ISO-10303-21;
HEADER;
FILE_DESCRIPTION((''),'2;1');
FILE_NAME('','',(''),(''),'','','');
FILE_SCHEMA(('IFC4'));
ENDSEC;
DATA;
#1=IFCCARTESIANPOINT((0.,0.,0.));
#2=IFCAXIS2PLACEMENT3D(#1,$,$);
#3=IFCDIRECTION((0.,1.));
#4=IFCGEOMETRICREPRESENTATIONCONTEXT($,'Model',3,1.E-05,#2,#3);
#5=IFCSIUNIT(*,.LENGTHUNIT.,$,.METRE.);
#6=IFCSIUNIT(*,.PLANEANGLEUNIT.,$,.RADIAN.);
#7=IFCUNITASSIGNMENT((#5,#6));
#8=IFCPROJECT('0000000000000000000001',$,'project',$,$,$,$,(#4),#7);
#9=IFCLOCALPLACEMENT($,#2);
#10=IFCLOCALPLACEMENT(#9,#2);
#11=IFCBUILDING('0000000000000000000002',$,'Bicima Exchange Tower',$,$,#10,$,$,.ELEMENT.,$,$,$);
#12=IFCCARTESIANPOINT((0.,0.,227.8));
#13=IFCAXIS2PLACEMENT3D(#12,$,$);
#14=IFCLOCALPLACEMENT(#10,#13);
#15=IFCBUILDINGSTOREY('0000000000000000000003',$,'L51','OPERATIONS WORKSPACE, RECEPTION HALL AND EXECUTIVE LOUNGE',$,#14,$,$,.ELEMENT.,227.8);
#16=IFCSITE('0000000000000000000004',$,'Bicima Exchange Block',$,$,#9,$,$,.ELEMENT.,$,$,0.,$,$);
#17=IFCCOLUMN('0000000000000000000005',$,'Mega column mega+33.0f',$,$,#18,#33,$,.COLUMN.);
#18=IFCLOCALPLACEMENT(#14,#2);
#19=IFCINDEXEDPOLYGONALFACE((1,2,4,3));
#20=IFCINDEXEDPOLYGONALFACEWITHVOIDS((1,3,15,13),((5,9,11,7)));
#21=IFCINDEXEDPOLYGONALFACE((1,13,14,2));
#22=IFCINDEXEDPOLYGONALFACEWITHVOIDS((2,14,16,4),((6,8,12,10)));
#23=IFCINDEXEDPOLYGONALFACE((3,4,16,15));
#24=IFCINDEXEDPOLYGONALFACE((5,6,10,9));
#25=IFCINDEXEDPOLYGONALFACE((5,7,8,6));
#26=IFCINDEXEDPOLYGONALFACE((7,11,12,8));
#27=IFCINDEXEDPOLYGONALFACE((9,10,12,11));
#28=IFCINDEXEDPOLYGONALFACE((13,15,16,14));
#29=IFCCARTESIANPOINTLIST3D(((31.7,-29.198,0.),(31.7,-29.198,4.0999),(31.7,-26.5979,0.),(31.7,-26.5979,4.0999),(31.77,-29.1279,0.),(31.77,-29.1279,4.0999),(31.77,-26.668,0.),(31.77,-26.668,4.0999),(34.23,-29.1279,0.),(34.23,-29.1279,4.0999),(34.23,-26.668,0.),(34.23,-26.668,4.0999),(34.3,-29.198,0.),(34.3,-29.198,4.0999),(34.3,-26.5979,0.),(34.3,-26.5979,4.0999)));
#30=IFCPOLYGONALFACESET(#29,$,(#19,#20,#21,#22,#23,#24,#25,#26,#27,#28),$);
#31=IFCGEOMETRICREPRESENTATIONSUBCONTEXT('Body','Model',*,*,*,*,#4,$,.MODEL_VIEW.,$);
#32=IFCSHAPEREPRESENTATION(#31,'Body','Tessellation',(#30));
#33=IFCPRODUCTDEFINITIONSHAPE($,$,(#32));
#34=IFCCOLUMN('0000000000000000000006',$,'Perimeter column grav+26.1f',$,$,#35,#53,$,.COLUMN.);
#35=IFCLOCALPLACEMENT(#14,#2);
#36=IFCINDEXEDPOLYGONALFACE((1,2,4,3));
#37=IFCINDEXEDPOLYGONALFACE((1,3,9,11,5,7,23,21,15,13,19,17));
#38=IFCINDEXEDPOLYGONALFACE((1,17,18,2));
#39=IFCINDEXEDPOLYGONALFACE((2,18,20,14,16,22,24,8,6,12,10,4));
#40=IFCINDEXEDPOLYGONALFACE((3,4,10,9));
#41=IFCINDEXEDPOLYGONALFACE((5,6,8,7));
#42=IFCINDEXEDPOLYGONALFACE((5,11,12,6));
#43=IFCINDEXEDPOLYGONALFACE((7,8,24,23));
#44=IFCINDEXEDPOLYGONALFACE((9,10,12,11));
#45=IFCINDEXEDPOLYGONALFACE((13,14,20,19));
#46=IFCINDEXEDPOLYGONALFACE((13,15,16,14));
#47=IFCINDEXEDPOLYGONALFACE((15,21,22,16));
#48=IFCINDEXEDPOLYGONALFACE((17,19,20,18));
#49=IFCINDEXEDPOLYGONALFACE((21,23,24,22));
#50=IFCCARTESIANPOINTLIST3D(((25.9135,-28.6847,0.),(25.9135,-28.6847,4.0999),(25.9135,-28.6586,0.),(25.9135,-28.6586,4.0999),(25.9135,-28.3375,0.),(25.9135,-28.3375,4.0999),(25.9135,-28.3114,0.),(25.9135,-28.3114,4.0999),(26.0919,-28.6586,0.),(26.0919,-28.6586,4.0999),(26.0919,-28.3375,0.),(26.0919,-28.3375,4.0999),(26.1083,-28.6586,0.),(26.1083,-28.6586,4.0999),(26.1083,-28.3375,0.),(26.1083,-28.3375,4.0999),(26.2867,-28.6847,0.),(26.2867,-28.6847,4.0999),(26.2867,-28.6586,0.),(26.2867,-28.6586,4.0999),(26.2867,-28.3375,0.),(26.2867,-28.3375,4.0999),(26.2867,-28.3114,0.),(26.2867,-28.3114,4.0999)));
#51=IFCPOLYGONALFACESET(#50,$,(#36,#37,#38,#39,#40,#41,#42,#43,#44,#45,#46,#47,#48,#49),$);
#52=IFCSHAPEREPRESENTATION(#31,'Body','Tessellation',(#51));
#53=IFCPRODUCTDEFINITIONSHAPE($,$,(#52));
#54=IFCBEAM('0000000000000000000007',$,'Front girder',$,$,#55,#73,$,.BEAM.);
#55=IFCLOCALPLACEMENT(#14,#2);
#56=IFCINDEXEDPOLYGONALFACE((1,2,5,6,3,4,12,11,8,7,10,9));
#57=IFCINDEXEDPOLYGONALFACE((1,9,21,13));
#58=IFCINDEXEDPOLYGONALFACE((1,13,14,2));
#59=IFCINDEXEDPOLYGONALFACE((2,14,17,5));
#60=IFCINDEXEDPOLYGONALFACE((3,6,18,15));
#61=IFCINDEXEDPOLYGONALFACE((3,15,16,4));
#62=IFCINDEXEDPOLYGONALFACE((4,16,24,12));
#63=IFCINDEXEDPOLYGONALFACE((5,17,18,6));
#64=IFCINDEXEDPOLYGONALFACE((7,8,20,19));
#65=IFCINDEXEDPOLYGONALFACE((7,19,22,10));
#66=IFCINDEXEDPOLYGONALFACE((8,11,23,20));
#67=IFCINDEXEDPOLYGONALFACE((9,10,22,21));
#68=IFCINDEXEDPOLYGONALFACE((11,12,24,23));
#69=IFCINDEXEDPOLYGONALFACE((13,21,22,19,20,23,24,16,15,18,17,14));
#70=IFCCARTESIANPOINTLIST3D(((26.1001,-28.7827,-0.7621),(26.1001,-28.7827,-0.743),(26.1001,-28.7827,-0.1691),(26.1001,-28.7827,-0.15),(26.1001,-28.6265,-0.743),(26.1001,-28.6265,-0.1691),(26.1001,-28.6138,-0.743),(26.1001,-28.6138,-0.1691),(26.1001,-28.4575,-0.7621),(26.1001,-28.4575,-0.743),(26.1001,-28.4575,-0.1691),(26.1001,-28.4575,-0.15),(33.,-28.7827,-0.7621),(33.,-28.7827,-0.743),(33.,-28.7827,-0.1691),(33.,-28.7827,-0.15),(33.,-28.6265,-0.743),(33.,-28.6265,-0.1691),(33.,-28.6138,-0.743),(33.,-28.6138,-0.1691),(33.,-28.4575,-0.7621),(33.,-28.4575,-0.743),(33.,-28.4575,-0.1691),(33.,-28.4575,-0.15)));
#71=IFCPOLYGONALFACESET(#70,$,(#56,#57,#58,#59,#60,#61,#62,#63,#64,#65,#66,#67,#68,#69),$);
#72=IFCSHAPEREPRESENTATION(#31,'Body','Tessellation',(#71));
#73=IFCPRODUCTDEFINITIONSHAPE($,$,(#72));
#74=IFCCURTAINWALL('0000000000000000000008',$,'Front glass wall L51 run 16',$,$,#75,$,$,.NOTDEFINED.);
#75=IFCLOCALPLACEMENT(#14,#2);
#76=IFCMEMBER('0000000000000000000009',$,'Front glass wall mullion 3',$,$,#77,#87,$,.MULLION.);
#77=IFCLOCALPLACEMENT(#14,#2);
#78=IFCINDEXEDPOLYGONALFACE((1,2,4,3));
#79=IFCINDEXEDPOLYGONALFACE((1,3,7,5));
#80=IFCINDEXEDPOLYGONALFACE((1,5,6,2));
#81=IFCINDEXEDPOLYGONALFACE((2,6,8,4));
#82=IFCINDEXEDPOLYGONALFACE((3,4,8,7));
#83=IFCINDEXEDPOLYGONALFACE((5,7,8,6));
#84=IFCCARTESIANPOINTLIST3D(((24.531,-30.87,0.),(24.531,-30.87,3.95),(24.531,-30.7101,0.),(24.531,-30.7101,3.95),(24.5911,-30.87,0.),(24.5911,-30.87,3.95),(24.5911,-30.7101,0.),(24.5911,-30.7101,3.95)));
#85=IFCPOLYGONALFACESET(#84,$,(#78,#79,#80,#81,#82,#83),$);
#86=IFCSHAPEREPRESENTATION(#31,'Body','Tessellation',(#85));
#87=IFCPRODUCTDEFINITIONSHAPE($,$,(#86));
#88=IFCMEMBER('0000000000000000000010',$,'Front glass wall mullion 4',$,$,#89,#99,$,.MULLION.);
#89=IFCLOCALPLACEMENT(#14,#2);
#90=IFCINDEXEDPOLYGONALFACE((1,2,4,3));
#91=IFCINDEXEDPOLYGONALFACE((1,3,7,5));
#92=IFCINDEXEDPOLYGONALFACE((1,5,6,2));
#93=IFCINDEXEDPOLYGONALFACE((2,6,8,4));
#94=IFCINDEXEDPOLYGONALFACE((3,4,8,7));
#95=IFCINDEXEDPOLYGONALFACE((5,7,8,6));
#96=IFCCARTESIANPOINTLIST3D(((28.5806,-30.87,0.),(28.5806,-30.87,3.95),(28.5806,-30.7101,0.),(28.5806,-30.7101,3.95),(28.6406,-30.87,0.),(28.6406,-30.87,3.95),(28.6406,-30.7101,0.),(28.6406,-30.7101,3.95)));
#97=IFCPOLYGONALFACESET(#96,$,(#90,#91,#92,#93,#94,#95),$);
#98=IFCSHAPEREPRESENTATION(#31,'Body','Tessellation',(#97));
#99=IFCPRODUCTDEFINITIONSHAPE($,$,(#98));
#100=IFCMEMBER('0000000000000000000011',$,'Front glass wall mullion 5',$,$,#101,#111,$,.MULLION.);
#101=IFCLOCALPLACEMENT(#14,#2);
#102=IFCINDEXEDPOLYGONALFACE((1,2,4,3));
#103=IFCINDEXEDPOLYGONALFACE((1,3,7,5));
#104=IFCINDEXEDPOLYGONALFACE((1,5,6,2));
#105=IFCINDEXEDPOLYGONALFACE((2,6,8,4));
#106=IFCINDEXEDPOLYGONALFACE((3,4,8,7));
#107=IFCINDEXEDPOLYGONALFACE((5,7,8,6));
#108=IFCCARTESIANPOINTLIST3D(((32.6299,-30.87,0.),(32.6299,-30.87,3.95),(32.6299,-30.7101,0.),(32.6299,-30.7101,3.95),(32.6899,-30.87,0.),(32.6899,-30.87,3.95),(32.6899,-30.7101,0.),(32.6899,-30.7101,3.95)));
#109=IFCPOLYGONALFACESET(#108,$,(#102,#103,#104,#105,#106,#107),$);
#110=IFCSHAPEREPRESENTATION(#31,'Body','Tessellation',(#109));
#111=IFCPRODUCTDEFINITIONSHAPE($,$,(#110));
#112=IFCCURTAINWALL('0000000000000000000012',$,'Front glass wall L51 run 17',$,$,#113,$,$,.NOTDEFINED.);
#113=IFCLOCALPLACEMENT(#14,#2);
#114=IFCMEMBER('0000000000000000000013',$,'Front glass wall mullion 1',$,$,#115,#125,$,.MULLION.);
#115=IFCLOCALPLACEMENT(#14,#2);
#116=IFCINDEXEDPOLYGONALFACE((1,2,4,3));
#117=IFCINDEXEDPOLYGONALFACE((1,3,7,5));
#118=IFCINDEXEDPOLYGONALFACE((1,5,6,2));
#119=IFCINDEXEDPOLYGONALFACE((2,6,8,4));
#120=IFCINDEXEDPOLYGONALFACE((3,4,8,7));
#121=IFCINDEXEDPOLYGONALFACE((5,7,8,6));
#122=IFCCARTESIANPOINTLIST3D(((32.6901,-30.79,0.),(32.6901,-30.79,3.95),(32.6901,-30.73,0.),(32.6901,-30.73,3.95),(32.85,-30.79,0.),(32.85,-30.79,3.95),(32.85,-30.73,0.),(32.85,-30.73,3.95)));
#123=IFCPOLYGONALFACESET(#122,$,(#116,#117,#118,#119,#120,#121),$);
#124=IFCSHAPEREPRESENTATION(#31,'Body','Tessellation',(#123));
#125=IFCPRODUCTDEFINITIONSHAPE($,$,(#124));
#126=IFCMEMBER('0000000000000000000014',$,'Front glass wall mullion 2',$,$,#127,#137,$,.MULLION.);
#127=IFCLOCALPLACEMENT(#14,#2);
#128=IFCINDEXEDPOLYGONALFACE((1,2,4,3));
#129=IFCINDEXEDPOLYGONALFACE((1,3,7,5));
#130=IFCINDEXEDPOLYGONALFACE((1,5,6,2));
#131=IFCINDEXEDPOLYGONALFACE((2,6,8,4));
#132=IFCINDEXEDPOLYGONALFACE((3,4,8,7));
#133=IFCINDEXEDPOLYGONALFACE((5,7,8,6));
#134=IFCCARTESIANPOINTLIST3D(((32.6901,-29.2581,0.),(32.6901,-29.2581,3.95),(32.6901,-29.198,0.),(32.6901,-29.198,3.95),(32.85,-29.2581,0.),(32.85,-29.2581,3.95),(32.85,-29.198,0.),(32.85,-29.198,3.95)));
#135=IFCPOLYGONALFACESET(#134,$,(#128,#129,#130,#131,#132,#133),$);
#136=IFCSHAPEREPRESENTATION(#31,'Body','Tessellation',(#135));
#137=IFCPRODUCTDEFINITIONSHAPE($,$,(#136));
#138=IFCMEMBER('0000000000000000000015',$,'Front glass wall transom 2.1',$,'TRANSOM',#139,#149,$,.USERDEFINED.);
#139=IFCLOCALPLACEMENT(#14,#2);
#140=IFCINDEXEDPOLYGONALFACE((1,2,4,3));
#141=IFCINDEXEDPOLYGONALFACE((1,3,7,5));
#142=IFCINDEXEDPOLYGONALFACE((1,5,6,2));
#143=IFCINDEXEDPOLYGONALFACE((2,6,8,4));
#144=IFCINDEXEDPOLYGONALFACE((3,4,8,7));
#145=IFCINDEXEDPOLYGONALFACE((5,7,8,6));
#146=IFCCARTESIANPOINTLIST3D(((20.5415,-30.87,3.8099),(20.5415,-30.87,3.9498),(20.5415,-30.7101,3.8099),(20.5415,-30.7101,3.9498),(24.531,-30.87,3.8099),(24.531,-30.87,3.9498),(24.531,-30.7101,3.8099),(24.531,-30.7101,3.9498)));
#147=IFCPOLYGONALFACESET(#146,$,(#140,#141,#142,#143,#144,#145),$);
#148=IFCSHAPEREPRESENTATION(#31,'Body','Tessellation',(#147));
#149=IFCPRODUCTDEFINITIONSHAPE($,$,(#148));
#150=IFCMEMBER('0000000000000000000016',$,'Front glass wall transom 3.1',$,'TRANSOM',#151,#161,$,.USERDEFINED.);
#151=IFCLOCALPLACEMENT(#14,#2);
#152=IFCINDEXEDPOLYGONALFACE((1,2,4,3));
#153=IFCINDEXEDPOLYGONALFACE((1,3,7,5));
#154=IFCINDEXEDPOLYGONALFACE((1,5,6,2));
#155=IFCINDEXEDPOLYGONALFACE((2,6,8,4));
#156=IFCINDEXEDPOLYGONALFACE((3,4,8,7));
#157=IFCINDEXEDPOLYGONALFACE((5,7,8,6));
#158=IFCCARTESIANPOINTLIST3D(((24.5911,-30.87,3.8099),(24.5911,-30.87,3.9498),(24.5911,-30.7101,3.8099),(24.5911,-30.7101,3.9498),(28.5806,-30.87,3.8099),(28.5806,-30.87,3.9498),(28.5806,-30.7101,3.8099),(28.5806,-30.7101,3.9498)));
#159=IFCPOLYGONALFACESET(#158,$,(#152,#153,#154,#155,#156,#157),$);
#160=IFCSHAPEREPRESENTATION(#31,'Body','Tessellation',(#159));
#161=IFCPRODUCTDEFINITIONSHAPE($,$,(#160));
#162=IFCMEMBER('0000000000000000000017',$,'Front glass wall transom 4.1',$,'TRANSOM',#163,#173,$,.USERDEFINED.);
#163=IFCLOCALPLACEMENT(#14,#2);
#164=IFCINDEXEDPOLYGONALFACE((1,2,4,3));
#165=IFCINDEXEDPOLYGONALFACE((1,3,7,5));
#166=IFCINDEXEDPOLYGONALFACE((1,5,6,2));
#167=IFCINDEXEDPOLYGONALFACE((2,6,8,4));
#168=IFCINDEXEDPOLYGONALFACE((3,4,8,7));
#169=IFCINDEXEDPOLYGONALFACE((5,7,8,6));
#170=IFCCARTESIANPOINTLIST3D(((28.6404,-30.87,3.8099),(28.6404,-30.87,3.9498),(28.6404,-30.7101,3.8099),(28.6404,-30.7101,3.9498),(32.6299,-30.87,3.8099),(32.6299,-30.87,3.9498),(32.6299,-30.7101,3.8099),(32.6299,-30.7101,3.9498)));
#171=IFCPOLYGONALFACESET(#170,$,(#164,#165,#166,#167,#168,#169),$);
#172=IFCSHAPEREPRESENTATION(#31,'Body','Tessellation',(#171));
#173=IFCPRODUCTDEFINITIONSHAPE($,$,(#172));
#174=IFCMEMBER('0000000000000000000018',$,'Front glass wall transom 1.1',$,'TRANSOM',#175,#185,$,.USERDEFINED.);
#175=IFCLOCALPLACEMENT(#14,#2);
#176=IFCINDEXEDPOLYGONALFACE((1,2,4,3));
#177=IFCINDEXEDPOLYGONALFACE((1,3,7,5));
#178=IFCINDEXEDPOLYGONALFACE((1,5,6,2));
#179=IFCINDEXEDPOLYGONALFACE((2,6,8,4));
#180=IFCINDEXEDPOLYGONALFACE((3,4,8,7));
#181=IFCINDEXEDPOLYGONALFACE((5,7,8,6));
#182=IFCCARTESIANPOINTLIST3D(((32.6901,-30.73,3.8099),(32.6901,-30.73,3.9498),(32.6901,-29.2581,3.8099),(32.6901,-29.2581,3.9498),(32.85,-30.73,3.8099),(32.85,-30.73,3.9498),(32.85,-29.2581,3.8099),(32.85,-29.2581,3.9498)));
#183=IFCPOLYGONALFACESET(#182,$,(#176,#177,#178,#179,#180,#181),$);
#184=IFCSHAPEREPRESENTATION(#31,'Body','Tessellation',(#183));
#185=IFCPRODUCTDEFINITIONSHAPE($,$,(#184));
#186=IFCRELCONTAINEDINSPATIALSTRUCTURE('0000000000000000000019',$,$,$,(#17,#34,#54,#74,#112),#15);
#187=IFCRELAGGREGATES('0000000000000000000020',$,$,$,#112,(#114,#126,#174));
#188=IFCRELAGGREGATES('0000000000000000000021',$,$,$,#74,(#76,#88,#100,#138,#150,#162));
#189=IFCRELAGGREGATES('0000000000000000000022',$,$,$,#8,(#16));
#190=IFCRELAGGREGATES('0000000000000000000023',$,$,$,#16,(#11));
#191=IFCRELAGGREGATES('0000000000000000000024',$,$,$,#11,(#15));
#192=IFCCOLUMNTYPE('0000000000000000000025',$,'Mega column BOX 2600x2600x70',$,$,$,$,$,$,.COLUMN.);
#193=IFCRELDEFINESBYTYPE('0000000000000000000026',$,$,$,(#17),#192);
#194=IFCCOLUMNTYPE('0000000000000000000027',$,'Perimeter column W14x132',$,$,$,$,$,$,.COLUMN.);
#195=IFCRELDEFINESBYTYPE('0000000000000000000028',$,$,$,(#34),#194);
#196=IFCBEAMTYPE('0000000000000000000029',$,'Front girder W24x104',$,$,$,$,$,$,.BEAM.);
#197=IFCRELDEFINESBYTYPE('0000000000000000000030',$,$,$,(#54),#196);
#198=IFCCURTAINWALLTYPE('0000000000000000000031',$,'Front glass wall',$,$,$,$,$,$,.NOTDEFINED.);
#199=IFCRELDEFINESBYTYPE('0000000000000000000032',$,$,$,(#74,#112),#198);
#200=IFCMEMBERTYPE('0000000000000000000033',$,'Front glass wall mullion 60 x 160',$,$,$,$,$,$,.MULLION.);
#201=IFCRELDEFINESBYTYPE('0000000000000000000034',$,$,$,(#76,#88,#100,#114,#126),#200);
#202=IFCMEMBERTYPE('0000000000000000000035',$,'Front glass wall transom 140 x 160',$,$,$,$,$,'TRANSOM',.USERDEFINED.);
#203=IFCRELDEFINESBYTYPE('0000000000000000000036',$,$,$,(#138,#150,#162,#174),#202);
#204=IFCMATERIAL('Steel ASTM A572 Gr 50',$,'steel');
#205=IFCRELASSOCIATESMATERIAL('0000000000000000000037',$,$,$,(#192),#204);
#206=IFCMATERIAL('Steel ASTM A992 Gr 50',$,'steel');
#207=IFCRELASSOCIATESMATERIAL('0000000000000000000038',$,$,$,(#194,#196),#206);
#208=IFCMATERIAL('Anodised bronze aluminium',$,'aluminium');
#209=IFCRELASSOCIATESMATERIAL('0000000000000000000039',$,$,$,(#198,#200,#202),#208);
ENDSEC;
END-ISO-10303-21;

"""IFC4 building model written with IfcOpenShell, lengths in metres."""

from ifc_helpers import new_model, si_unit, direction, frame, origin, origin_2d, place, context, subcontext, project, spatial, rectangle, hollow_rectangle, i_section, extrude, material, material_profile, profile_set, type_object, element, aggregate, save


model = new_model("IFC4")

# Units and contexts
model_context = context("Model", 3, precision=1e-05, world=origin(), true_north=direction((0.0, 1.0)))
body_context = subcontext(model_context, "Body", "Model", "MODEL_VIEW")
ifc_project = project(units=[si_unit("LENGTHUNIT", "METRE"), si_unit("PLANEANGLEUNIT", "RADIAN")], contexts=[model_context])

# Site, building, storey
site_placement = place(None, origin())
site = spatial("IfcSite", under=ifc_project, at=site_placement, Name="Bicima Exchange Block", CompositionType="ELEMENT", RefElevation=0.0)
building_placement = place(site_placement, origin())
building = spatial("IfcBuilding", under=site, at=building_placement, Name="Bicima Exchange Tower", CompositionType="ELEMENT")
storey_placement = place(building_placement, frame((0.0, 0.0, 227.8)))
storey = spatial("IfcBuildingStorey", under=building, at=storey_placement, Name="L51", Description="OPERATIONS WORKSPACE, RECEPTION HALL AND EXECUTIVE LOUNGE", CompositionType="ELEMENT", Elevation=227.8)

# Columns
ifc_material_1 = material(Name="Steel ASTM A572 Gr 50", Category="steel")
ifc_material_profile_1 = material_profile(ifc_material_1, hollow_rectangle(XDim=2.6001, YDim=2.6001, WallThickness=0.0701, at=origin_2d()))
ifc_profile_set_1 = profile_set([ifc_material_profile_1], Name="Steel ASTM A572 Gr 50")
column_type_1 = type_object("IfcColumnType", Name="Mega column BOX 2600x2600x70", PredefinedType="COLUMN", material=ifc_profile_set_1)
column_1_placement = place(storey_placement, frame((33.0, -27.8979, 0.0), z_axis=(0.0, 0.0, 1.0), x_axis=(1.0, 0.0, 0.0)))
element("IfcColumn", 1, at=column_1_placement, inside=storey, type_object=column_type_1, Name="Mega column mega+33.0f", PredefinedType="COLUMN", context=body_context, shape_type="SweptSolid", body=[
    extrude(hollow_rectangle(XDim=2.6001, YDim=2.6001, WallThickness=0.0701, at=origin_2d()), origin(), (0.0, 0.0, 1.0), 4.0999),
])
ifc_material_2 = material(Name="Steel ASTM A992 Gr 50", Category="steel")
ifc_material_profile_2 = material_profile(ifc_material_2, i_section(OverallWidth=0.3733, OverallDepth=0.3733, WebThickness=0.0164, FlangeThickness=0.0261, at=origin_2d()))
ifc_profile_set_2 = profile_set([ifc_material_profile_2], Name="Steel ASTM A992 Gr 50")
column_type_2 = type_object("IfcColumnType", Name="Perimeter column W14x132", PredefinedType="COLUMN", material=ifc_profile_set_2)
column_2_placement = place(storey_placement, frame((26.1001, -28.498, 0.0), z_axis=(0.0, 0.0, 1.0), x_axis=(1.0, 0.0, 0.0)))
element("IfcColumn", 2, at=column_2_placement, inside=storey, type_object=column_type_2, Name="Perimeter column grav+26.1f", PredefinedType="COLUMN", context=body_context, shape_type="SweptSolid", body=[
    extrude(i_section(OverallWidth=0.3733, OverallDepth=0.3733, WebThickness=0.0164, FlangeThickness=0.0261, at=origin_2d()), origin(), (0.0, 0.0, 1.0), 4.0999),
])

# Beam
ifc_material_profile_3 = material_profile(ifc_material_2, i_section(OverallWidth=0.3252, OverallDepth=0.6121, WebThickness=0.0127, FlangeThickness=0.019, at=origin_2d()))
ifc_profile_set_3 = profile_set([ifc_material_profile_3], Name="Steel ASTM A992 Gr 50")
beam_type = type_object("IfcBeamType", Name="Front girder W24x104", PredefinedType="BEAM", material=ifc_profile_set_3)
beam_placement = place(storey_placement, frame((26.1001, -28.6201, -0.4561), z_axis=(1.0, 0.0, 0.0), x_axis=(0.0, 1.0, 0.0)))
element("IfcBeam", 3, at=beam_placement, inside=storey, type_object=beam_type, Name="Front girder", PredefinedType="BEAM", context=body_context, shape_type="SweptSolid", body=[
    extrude(i_section(OverallWidth=0.3252, OverallDepth=0.6121, WebThickness=0.0127, FlangeThickness=0.019, at=origin_2d()), origin(), (0.0, 0.0, 1.0), 6.8999),
])

# Curtain walls, members
ifc_material_3 = material(Name="Anodised bronze aluminium", Category="aluminium")
curtain_wall_type = type_object("IfcCurtainWallType", Name="Front glass wall", PredefinedType="NOTDEFINED", material=ifc_material_3)
curtain_wall_1_placement = place(storey_placement, origin())
curtain_wall_1 = element("IfcCurtainWall", 4, at=curtain_wall_1_placement, inside=storey, type_object=curtain_wall_type, Name="Front glass wall L51 run 16", PredefinedType="NOTDEFINED")
ifc_material_profile_4 = material_profile(ifc_material_3, rectangle(XDim=0.1599, YDim=0.0601, at=origin_2d()))
ifc_profile_set_4 = profile_set([ifc_material_profile_4], Name="Anodised bronze aluminium")
member_type_1 = type_object("IfcMemberType", Name="Front glass wall mullion 60 x 160", PredefinedType="MULLION", material=ifc_profile_set_4)
member_1_placement = place(storey_placement, frame((24.561, -30.79, 0.0), z_axis=(0.0, 0.0, 1.0), x_axis=(0.0, 1.0, 0.0)))
member_1 = element("IfcMember", 5, at=member_1_placement, type_object=member_type_1, Name="Front glass wall mullion 3", PredefinedType="MULLION", context=body_context, shape_type="SweptSolid", body=[
    extrude(rectangle(XDim=0.1599, YDim=0.0601, at=origin_2d()), origin(), (0.0, 0.0, 1.0), 3.95),
])
member_2_placement = place(storey_placement, frame((28.6106, -30.79, 0.0), z_axis=(0.0, 0.0, 1.0), x_axis=(0.0, 1.0, 0.0)))
member_2 = element("IfcMember", 6, at=member_2_placement, type_object=member_type_1, Name="Front glass wall mullion 4", PredefinedType="MULLION", context=body_context, shape_type="SweptSolid", body=[
    extrude(rectangle(XDim=0.1599, YDim=0.0601, at=origin_2d()), origin(), (0.0, 0.0, 1.0), 3.95),
])
member_3_placement = place(storey_placement, frame((32.6599, -30.79, 0.0), z_axis=(0.0, 0.0, 1.0), x_axis=(0.0, 1.0, 0.0)))
member_3 = element("IfcMember", 7, at=member_3_placement, type_object=member_type_1, Name="Front glass wall mullion 5", PredefinedType="MULLION", context=body_context, shape_type="SweptSolid", body=[
    extrude(rectangle(XDim=0.1599, YDim=0.0601, at=origin_2d()), origin(), (0.0, 0.0, 1.0), 3.95),
])
curtain_wall_2_placement = place(storey_placement, origin())
curtain_wall_2 = element("IfcCurtainWall", 8, at=curtain_wall_2_placement, inside=storey, type_object=curtain_wall_type, Name="Front glass wall L51 run 17", PredefinedType="NOTDEFINED")
member_4_placement = place(storey_placement, frame((32.77, -30.76, 0.0), z_axis=(0.0, 0.0, 1.0), x_axis=(-1.0, 0.0, 0.0)))
member_4 = element("IfcMember", 9, at=member_4_placement, type_object=member_type_1, Name="Front glass wall mullion 1", PredefinedType="MULLION", context=body_context, shape_type="SweptSolid", body=[
    extrude(rectangle(XDim=0.1599, YDim=0.0601, at=origin_2d()), origin(), (0.0, 0.0, 1.0), 3.95),
])
member_5_placement = place(storey_placement, frame((32.77, -29.228, 0.0), z_axis=(0.0, 0.0, 1.0), x_axis=(-1.0, 0.0, 0.0)))
member_5 = element("IfcMember", 10, at=member_5_placement, type_object=member_type_1, Name="Front glass wall mullion 2", PredefinedType="MULLION", context=body_context, shape_type="SweptSolid", body=[
    extrude(rectangle(XDim=0.1599, YDim=0.0601, at=origin_2d()), origin(), (0.0, 0.0, 1.0), 3.95),
])

# Members
ifc_material_profile_5 = material_profile(ifc_material_3, rectangle(XDim=0.1599, YDim=0.1399, at=origin_2d()))
ifc_profile_set_5 = profile_set([ifc_material_profile_5], Name="Anodised bronze aluminium")
member_type_2 = type_object("IfcMemberType", Name="Front glass wall transom 140 x 160", ElementType="TRANSOM", PredefinedType="USERDEFINED", material=ifc_profile_set_5)
member_6_placement = place(storey_placement, frame((20.5415, -30.79, 3.8799), z_axis=(1.0, 0.0, 0.0), x_axis=(0.0, 1.0, 0.0)))
member_6 = element("IfcMember", 11, at=member_6_placement, type_object=member_type_2, Name="Front glass wall transom 2.1", ObjectType="TRANSOM", PredefinedType="USERDEFINED", context=body_context, shape_type="SweptSolid", body=[
    extrude(rectangle(XDim=0.1599, YDim=0.1399, at=origin_2d()), origin(), (0.0, 0.0, 1.0), 3.9895),
])
member_7_placement = place(storey_placement, frame((24.5911, -30.79, 3.8799), z_axis=(1.0, 0.0, 0.0), x_axis=(0.0, 1.0, 0.0)))
member_7 = element("IfcMember", 12, at=member_7_placement, type_object=member_type_2, Name="Front glass wall transom 3.1", ObjectType="TRANSOM", PredefinedType="USERDEFINED", context=body_context, shape_type="SweptSolid", body=[
    extrude(rectangle(XDim=0.1599, YDim=0.1399, at=origin_2d()), origin(), (0.0, 0.0, 1.0), 3.9895),
])
member_8_placement = place(storey_placement, frame((28.6404, -30.79, 3.8799), z_axis=(1.0, 0.0, 0.0), x_axis=(0.0, 1.0, 0.0)))
member_8 = element("IfcMember", 13, at=member_8_placement, type_object=member_type_2, Name="Front glass wall transom 4.1", ObjectType="TRANSOM", PredefinedType="USERDEFINED", context=body_context, shape_type="SweptSolid", body=[
    extrude(rectangle(XDim=0.1599, YDim=0.1399, at=origin_2d()), origin(), (0.0, 0.0, 1.0), 3.9895),
])
member_9_placement = place(storey_placement, frame((32.77, -30.73, 3.8799), z_axis=(0.0, 1.0, 0.0), x_axis=(-1.0, 0.0, 0.0)))
member_9 = element("IfcMember", 14, at=member_9_placement, type_object=member_type_2, Name="Front glass wall transom 1.1", ObjectType="TRANSOM", PredefinedType="USERDEFINED", context=body_context, shape_type="SweptSolid", body=[
    extrude(rectangle(XDim=0.1599, YDim=0.1399, at=origin_2d()), origin(), (0.0, 0.0, 1.0), 1.4719),
])

aggregate(curtain_wall_2, [member_4, member_5, member_9])
aggregate(curtain_wall_1, [member_1, member_2, member_3, member_6, member_7, member_8])

save(model, "model.ifc")
